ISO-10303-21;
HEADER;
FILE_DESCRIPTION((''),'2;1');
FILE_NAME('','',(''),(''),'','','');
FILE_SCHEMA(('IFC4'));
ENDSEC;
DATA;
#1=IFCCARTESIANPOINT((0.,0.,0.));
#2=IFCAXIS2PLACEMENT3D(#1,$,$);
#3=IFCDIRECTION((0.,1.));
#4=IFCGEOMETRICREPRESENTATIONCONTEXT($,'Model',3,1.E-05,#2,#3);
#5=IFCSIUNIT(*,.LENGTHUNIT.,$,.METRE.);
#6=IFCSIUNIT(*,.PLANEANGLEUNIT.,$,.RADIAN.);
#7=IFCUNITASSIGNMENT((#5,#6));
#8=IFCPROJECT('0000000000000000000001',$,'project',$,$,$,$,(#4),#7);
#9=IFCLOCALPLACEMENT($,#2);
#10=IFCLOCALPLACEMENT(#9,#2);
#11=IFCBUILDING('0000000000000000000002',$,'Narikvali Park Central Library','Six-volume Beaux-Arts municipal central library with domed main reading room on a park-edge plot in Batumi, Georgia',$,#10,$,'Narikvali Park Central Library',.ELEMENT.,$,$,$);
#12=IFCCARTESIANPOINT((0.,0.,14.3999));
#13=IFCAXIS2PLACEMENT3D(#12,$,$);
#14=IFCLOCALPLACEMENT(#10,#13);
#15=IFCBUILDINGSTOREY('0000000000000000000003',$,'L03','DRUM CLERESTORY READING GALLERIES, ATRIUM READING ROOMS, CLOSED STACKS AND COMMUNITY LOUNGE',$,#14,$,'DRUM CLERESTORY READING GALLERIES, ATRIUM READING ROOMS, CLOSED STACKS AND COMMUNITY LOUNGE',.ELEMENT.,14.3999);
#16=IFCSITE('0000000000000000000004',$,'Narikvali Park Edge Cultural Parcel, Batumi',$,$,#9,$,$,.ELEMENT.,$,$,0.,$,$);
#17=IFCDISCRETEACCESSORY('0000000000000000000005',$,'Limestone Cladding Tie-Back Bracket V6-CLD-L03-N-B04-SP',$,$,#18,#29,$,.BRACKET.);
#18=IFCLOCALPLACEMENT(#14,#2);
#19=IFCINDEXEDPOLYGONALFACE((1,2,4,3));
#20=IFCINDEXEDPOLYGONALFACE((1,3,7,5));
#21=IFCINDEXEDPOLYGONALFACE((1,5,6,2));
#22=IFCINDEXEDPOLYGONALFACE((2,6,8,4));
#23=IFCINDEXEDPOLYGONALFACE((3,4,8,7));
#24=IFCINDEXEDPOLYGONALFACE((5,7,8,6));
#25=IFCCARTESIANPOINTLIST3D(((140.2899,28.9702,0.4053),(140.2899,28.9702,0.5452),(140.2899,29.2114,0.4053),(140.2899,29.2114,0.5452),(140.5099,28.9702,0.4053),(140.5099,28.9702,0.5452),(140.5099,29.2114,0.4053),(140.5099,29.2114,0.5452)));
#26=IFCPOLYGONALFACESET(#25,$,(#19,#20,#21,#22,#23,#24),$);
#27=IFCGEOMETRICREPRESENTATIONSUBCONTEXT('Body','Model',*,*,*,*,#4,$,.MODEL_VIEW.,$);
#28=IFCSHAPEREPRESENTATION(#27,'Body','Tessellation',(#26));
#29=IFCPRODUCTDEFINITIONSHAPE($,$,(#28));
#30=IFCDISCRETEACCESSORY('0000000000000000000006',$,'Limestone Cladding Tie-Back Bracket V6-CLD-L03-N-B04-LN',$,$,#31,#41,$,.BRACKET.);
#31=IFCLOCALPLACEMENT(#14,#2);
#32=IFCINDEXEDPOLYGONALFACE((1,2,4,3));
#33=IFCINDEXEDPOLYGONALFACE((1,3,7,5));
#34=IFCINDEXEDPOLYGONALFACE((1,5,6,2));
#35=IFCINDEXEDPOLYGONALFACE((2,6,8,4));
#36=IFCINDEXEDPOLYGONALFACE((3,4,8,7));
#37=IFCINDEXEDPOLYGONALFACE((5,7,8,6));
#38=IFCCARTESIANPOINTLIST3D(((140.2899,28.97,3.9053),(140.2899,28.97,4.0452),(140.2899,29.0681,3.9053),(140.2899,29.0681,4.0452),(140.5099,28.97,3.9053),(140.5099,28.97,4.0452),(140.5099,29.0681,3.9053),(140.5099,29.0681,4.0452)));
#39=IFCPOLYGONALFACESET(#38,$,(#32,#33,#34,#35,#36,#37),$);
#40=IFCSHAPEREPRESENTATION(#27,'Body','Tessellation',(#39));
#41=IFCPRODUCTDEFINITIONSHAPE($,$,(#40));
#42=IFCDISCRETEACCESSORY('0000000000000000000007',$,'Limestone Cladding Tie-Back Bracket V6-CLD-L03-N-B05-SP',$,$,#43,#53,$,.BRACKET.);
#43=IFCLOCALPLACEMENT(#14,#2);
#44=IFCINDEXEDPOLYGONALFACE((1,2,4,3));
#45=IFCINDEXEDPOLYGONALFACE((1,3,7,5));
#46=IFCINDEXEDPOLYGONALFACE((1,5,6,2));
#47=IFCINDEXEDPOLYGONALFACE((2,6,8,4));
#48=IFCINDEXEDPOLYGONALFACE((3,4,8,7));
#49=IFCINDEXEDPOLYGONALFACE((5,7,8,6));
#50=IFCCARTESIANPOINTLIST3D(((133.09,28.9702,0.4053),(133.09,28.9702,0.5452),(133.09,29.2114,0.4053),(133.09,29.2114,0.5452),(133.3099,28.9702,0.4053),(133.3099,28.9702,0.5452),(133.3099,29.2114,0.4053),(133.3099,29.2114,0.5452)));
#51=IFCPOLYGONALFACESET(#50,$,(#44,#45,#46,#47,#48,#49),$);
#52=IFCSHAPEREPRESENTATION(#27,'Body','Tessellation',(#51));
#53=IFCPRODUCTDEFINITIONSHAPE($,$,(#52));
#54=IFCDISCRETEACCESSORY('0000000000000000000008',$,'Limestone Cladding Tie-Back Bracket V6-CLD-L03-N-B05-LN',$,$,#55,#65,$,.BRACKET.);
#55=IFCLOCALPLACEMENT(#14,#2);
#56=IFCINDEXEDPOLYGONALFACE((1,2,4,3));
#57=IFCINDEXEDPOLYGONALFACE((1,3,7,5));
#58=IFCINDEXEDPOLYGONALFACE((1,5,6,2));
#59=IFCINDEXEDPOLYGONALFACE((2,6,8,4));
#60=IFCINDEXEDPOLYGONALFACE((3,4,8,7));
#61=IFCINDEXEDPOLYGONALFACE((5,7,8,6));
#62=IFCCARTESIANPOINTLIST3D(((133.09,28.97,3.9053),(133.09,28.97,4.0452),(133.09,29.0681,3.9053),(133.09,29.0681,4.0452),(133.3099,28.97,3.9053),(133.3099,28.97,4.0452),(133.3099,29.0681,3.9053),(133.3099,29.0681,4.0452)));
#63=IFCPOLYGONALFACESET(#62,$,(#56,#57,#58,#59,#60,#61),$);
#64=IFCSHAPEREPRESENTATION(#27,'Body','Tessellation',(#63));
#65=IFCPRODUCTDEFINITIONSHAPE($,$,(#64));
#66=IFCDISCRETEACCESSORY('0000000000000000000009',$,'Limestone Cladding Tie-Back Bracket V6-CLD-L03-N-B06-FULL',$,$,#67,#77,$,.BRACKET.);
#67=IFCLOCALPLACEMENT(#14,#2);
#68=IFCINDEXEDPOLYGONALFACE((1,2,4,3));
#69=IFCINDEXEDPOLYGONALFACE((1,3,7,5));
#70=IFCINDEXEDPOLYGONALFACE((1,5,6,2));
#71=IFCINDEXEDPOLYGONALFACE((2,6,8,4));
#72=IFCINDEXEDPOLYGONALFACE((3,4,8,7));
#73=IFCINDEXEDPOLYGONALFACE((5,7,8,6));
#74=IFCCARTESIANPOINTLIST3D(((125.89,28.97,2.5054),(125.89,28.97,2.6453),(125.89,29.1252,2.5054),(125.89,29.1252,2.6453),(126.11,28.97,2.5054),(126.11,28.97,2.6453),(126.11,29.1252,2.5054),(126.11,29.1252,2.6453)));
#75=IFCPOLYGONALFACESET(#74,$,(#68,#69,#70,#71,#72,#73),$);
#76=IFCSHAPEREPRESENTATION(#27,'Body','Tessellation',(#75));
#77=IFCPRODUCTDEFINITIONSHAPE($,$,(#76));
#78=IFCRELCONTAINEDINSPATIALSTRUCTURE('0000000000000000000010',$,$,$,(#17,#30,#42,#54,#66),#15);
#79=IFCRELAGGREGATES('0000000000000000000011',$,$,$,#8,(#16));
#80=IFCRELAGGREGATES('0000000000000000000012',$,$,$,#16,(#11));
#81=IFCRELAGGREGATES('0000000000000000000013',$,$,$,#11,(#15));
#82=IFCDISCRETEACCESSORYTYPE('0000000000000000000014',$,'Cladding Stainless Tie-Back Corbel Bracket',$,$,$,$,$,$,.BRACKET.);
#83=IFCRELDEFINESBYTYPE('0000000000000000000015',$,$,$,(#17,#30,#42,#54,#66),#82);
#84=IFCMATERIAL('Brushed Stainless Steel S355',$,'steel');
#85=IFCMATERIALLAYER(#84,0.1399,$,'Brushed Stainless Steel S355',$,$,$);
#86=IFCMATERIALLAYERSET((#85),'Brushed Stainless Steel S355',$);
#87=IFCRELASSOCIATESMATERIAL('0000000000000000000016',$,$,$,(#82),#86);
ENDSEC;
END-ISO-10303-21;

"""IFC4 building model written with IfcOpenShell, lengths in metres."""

from ifc_helpers import new_model, si_unit, direction, frame, origin, origin_2d, place, context, subcontext, project, spatial, rectangle, extrude, material, layer, layer_set, type_object, element, save


model = new_model("IFC4")

# Units and contexts
model_context = context("Model", 3, precision=1e-05, world=origin(), true_north=direction((0.0, 1.0)))
body_context = subcontext(model_context, "Body", "Model", "MODEL_VIEW")
ifc_project = project(units=[si_unit("LENGTHUNIT", "METRE"), si_unit("PLANEANGLEUNIT", "RADIAN")], contexts=[model_context])

# Site, building, storey
site_placement = place(None, origin())
site = spatial("IfcSite", under=ifc_project, at=site_placement, Name="Narikvali Park Edge Cultural Parcel, Batumi", CompositionType="ELEMENT", RefElevation=0.0)
building_placement = place(site_placement, origin())
building = spatial("IfcBuilding", under=site, at=building_placement, Name="Narikvali Park Central Library", Description="Six-volume Beaux-Arts municipal central library with domed main reading room on a park-edge plot in Batumi, Georgia", LongName="Narikvali Park Central Library", CompositionType="ELEMENT")
storey_placement = place(building_placement, frame((0.0, 0.0, 14.3999)))
storey = spatial("IfcBuildingStorey", under=building, at=storey_placement, Name="L03", Description="DRUM CLERESTORY READING GALLERIES, ATRIUM READING ROOMS, CLOSED STACKS AND COMMUNITY LOUNGE", LongName="DRUM CLERESTORY READING GALLERIES, ATRIUM READING ROOMS, CLOSED STACKS AND COMMUNITY LOUNGE", CompositionType="ELEMENT", Elevation=14.3999)

# Discrete accessories
ifc_material_1 = material(Name="Brushed Stainless Steel S355", Category="steel")
ifc_layer_1 = layer(ifc_material_1, 0.1399, Name="Brushed Stainless Steel S355")
ifc_layer_set_1 = layer_set([ifc_layer_1], Name="Brushed Stainless Steel S355")
discrete_accessory_type = type_object("IfcDiscreteAccessoryType", Name="Cladding Stainless Tie-Back Corbel Bracket", PredefinedType="BRACKET", material=ifc_layer_set_1)
discrete_accessory_1_placement = place(storey_placement, frame((140.3999, 29.0908, 0.4053), z_axis=(0.0, 0.0, 1.0), x_axis=(1.0, 0.0, 0.0)))
element("IfcDiscreteAccessory", 1, at=discrete_accessory_1_placement, inside=storey, type_object=discrete_accessory_type, Name="Limestone Cladding Tie-Back Bracket V6-CLD-L03-N-B04-SP", PredefinedType="BRACKET", context=body_context, shape_type="SweptSolid", body=[
    extrude(rectangle(XDim=0.22, YDim=0.2412, at=origin_2d()), origin(), (0.0, 0.0, 1.0), 0.1399),
])
discrete_accessory_2_placement = place(storey_placement, frame((140.3999, 29.019, 3.9053), z_axis=(0.0, 0.0, 1.0), x_axis=(1.0, 0.0, 0.0)))
element("IfcDiscreteAccessory", 2, at=discrete_accessory_2_placement, inside=storey, type_object=discrete_accessory_type, Name="Limestone Cladding Tie-Back Bracket V6-CLD-L03-N-B04-LN", PredefinedType="BRACKET", context=body_context, shape_type="SweptSolid", body=[
    extrude(rectangle(XDim=0.22, YDim=0.0981, at=origin_2d()), origin(), (0.0, 0.0, 1.0), 0.1399),
])
discrete_accessory_3_placement = place(storey_placement, frame((133.2, 29.0908, 0.4053), z_axis=(0.0, 0.0, 1.0), x_axis=(1.0, 0.0, 0.0)))
element("IfcDiscreteAccessory", 3, at=discrete_accessory_3_placement, inside=storey, type_object=discrete_accessory_type, Name="Limestone Cladding Tie-Back Bracket V6-CLD-L03-N-B05-SP", PredefinedType="BRACKET", context=body_context, shape_type="SweptSolid", body=[
    extrude(rectangle(XDim=0.22, YDim=0.2412, at=origin_2d()), origin(), (0.0, 0.0, 1.0), 0.1399),
])
discrete_accessory_4_placement = place(storey_placement, frame((133.2, 29.019, 3.9053), z_axis=(0.0, 0.0, 1.0), x_axis=(1.0, 0.0, 0.0)))
element("IfcDiscreteAccessory", 4, at=discrete_accessory_4_placement, inside=storey, type_object=discrete_accessory_type, Name="Limestone Cladding Tie-Back Bracket V6-CLD-L03-N-B05-LN", PredefinedType="BRACKET", context=body_context, shape_type="SweptSolid", body=[
    extrude(rectangle(XDim=0.22, YDim=0.0981, at=origin_2d()), origin(), (0.0, 0.0, 1.0), 0.1399),
])
discrete_accessory_5_placement = place(storey_placement, frame((126.0, 29.0476, 2.5054), z_axis=(0.0, 0.0, 1.0), x_axis=(1.0, 0.0, 0.0)))
element("IfcDiscreteAccessory", 5, at=discrete_accessory_5_placement, inside=storey, type_object=discrete_accessory_type, Name="Limestone Cladding Tie-Back Bracket V6-CLD-L03-N-B06-FULL", PredefinedType="BRACKET", context=body_context, shape_type="SweptSolid", body=[
    extrude(rectangle(XDim=0.22, YDim=0.1553, at=origin_2d()), origin(), (0.0, 0.0, 1.0), 0.1399),
])

save(model, "model.ifc")
